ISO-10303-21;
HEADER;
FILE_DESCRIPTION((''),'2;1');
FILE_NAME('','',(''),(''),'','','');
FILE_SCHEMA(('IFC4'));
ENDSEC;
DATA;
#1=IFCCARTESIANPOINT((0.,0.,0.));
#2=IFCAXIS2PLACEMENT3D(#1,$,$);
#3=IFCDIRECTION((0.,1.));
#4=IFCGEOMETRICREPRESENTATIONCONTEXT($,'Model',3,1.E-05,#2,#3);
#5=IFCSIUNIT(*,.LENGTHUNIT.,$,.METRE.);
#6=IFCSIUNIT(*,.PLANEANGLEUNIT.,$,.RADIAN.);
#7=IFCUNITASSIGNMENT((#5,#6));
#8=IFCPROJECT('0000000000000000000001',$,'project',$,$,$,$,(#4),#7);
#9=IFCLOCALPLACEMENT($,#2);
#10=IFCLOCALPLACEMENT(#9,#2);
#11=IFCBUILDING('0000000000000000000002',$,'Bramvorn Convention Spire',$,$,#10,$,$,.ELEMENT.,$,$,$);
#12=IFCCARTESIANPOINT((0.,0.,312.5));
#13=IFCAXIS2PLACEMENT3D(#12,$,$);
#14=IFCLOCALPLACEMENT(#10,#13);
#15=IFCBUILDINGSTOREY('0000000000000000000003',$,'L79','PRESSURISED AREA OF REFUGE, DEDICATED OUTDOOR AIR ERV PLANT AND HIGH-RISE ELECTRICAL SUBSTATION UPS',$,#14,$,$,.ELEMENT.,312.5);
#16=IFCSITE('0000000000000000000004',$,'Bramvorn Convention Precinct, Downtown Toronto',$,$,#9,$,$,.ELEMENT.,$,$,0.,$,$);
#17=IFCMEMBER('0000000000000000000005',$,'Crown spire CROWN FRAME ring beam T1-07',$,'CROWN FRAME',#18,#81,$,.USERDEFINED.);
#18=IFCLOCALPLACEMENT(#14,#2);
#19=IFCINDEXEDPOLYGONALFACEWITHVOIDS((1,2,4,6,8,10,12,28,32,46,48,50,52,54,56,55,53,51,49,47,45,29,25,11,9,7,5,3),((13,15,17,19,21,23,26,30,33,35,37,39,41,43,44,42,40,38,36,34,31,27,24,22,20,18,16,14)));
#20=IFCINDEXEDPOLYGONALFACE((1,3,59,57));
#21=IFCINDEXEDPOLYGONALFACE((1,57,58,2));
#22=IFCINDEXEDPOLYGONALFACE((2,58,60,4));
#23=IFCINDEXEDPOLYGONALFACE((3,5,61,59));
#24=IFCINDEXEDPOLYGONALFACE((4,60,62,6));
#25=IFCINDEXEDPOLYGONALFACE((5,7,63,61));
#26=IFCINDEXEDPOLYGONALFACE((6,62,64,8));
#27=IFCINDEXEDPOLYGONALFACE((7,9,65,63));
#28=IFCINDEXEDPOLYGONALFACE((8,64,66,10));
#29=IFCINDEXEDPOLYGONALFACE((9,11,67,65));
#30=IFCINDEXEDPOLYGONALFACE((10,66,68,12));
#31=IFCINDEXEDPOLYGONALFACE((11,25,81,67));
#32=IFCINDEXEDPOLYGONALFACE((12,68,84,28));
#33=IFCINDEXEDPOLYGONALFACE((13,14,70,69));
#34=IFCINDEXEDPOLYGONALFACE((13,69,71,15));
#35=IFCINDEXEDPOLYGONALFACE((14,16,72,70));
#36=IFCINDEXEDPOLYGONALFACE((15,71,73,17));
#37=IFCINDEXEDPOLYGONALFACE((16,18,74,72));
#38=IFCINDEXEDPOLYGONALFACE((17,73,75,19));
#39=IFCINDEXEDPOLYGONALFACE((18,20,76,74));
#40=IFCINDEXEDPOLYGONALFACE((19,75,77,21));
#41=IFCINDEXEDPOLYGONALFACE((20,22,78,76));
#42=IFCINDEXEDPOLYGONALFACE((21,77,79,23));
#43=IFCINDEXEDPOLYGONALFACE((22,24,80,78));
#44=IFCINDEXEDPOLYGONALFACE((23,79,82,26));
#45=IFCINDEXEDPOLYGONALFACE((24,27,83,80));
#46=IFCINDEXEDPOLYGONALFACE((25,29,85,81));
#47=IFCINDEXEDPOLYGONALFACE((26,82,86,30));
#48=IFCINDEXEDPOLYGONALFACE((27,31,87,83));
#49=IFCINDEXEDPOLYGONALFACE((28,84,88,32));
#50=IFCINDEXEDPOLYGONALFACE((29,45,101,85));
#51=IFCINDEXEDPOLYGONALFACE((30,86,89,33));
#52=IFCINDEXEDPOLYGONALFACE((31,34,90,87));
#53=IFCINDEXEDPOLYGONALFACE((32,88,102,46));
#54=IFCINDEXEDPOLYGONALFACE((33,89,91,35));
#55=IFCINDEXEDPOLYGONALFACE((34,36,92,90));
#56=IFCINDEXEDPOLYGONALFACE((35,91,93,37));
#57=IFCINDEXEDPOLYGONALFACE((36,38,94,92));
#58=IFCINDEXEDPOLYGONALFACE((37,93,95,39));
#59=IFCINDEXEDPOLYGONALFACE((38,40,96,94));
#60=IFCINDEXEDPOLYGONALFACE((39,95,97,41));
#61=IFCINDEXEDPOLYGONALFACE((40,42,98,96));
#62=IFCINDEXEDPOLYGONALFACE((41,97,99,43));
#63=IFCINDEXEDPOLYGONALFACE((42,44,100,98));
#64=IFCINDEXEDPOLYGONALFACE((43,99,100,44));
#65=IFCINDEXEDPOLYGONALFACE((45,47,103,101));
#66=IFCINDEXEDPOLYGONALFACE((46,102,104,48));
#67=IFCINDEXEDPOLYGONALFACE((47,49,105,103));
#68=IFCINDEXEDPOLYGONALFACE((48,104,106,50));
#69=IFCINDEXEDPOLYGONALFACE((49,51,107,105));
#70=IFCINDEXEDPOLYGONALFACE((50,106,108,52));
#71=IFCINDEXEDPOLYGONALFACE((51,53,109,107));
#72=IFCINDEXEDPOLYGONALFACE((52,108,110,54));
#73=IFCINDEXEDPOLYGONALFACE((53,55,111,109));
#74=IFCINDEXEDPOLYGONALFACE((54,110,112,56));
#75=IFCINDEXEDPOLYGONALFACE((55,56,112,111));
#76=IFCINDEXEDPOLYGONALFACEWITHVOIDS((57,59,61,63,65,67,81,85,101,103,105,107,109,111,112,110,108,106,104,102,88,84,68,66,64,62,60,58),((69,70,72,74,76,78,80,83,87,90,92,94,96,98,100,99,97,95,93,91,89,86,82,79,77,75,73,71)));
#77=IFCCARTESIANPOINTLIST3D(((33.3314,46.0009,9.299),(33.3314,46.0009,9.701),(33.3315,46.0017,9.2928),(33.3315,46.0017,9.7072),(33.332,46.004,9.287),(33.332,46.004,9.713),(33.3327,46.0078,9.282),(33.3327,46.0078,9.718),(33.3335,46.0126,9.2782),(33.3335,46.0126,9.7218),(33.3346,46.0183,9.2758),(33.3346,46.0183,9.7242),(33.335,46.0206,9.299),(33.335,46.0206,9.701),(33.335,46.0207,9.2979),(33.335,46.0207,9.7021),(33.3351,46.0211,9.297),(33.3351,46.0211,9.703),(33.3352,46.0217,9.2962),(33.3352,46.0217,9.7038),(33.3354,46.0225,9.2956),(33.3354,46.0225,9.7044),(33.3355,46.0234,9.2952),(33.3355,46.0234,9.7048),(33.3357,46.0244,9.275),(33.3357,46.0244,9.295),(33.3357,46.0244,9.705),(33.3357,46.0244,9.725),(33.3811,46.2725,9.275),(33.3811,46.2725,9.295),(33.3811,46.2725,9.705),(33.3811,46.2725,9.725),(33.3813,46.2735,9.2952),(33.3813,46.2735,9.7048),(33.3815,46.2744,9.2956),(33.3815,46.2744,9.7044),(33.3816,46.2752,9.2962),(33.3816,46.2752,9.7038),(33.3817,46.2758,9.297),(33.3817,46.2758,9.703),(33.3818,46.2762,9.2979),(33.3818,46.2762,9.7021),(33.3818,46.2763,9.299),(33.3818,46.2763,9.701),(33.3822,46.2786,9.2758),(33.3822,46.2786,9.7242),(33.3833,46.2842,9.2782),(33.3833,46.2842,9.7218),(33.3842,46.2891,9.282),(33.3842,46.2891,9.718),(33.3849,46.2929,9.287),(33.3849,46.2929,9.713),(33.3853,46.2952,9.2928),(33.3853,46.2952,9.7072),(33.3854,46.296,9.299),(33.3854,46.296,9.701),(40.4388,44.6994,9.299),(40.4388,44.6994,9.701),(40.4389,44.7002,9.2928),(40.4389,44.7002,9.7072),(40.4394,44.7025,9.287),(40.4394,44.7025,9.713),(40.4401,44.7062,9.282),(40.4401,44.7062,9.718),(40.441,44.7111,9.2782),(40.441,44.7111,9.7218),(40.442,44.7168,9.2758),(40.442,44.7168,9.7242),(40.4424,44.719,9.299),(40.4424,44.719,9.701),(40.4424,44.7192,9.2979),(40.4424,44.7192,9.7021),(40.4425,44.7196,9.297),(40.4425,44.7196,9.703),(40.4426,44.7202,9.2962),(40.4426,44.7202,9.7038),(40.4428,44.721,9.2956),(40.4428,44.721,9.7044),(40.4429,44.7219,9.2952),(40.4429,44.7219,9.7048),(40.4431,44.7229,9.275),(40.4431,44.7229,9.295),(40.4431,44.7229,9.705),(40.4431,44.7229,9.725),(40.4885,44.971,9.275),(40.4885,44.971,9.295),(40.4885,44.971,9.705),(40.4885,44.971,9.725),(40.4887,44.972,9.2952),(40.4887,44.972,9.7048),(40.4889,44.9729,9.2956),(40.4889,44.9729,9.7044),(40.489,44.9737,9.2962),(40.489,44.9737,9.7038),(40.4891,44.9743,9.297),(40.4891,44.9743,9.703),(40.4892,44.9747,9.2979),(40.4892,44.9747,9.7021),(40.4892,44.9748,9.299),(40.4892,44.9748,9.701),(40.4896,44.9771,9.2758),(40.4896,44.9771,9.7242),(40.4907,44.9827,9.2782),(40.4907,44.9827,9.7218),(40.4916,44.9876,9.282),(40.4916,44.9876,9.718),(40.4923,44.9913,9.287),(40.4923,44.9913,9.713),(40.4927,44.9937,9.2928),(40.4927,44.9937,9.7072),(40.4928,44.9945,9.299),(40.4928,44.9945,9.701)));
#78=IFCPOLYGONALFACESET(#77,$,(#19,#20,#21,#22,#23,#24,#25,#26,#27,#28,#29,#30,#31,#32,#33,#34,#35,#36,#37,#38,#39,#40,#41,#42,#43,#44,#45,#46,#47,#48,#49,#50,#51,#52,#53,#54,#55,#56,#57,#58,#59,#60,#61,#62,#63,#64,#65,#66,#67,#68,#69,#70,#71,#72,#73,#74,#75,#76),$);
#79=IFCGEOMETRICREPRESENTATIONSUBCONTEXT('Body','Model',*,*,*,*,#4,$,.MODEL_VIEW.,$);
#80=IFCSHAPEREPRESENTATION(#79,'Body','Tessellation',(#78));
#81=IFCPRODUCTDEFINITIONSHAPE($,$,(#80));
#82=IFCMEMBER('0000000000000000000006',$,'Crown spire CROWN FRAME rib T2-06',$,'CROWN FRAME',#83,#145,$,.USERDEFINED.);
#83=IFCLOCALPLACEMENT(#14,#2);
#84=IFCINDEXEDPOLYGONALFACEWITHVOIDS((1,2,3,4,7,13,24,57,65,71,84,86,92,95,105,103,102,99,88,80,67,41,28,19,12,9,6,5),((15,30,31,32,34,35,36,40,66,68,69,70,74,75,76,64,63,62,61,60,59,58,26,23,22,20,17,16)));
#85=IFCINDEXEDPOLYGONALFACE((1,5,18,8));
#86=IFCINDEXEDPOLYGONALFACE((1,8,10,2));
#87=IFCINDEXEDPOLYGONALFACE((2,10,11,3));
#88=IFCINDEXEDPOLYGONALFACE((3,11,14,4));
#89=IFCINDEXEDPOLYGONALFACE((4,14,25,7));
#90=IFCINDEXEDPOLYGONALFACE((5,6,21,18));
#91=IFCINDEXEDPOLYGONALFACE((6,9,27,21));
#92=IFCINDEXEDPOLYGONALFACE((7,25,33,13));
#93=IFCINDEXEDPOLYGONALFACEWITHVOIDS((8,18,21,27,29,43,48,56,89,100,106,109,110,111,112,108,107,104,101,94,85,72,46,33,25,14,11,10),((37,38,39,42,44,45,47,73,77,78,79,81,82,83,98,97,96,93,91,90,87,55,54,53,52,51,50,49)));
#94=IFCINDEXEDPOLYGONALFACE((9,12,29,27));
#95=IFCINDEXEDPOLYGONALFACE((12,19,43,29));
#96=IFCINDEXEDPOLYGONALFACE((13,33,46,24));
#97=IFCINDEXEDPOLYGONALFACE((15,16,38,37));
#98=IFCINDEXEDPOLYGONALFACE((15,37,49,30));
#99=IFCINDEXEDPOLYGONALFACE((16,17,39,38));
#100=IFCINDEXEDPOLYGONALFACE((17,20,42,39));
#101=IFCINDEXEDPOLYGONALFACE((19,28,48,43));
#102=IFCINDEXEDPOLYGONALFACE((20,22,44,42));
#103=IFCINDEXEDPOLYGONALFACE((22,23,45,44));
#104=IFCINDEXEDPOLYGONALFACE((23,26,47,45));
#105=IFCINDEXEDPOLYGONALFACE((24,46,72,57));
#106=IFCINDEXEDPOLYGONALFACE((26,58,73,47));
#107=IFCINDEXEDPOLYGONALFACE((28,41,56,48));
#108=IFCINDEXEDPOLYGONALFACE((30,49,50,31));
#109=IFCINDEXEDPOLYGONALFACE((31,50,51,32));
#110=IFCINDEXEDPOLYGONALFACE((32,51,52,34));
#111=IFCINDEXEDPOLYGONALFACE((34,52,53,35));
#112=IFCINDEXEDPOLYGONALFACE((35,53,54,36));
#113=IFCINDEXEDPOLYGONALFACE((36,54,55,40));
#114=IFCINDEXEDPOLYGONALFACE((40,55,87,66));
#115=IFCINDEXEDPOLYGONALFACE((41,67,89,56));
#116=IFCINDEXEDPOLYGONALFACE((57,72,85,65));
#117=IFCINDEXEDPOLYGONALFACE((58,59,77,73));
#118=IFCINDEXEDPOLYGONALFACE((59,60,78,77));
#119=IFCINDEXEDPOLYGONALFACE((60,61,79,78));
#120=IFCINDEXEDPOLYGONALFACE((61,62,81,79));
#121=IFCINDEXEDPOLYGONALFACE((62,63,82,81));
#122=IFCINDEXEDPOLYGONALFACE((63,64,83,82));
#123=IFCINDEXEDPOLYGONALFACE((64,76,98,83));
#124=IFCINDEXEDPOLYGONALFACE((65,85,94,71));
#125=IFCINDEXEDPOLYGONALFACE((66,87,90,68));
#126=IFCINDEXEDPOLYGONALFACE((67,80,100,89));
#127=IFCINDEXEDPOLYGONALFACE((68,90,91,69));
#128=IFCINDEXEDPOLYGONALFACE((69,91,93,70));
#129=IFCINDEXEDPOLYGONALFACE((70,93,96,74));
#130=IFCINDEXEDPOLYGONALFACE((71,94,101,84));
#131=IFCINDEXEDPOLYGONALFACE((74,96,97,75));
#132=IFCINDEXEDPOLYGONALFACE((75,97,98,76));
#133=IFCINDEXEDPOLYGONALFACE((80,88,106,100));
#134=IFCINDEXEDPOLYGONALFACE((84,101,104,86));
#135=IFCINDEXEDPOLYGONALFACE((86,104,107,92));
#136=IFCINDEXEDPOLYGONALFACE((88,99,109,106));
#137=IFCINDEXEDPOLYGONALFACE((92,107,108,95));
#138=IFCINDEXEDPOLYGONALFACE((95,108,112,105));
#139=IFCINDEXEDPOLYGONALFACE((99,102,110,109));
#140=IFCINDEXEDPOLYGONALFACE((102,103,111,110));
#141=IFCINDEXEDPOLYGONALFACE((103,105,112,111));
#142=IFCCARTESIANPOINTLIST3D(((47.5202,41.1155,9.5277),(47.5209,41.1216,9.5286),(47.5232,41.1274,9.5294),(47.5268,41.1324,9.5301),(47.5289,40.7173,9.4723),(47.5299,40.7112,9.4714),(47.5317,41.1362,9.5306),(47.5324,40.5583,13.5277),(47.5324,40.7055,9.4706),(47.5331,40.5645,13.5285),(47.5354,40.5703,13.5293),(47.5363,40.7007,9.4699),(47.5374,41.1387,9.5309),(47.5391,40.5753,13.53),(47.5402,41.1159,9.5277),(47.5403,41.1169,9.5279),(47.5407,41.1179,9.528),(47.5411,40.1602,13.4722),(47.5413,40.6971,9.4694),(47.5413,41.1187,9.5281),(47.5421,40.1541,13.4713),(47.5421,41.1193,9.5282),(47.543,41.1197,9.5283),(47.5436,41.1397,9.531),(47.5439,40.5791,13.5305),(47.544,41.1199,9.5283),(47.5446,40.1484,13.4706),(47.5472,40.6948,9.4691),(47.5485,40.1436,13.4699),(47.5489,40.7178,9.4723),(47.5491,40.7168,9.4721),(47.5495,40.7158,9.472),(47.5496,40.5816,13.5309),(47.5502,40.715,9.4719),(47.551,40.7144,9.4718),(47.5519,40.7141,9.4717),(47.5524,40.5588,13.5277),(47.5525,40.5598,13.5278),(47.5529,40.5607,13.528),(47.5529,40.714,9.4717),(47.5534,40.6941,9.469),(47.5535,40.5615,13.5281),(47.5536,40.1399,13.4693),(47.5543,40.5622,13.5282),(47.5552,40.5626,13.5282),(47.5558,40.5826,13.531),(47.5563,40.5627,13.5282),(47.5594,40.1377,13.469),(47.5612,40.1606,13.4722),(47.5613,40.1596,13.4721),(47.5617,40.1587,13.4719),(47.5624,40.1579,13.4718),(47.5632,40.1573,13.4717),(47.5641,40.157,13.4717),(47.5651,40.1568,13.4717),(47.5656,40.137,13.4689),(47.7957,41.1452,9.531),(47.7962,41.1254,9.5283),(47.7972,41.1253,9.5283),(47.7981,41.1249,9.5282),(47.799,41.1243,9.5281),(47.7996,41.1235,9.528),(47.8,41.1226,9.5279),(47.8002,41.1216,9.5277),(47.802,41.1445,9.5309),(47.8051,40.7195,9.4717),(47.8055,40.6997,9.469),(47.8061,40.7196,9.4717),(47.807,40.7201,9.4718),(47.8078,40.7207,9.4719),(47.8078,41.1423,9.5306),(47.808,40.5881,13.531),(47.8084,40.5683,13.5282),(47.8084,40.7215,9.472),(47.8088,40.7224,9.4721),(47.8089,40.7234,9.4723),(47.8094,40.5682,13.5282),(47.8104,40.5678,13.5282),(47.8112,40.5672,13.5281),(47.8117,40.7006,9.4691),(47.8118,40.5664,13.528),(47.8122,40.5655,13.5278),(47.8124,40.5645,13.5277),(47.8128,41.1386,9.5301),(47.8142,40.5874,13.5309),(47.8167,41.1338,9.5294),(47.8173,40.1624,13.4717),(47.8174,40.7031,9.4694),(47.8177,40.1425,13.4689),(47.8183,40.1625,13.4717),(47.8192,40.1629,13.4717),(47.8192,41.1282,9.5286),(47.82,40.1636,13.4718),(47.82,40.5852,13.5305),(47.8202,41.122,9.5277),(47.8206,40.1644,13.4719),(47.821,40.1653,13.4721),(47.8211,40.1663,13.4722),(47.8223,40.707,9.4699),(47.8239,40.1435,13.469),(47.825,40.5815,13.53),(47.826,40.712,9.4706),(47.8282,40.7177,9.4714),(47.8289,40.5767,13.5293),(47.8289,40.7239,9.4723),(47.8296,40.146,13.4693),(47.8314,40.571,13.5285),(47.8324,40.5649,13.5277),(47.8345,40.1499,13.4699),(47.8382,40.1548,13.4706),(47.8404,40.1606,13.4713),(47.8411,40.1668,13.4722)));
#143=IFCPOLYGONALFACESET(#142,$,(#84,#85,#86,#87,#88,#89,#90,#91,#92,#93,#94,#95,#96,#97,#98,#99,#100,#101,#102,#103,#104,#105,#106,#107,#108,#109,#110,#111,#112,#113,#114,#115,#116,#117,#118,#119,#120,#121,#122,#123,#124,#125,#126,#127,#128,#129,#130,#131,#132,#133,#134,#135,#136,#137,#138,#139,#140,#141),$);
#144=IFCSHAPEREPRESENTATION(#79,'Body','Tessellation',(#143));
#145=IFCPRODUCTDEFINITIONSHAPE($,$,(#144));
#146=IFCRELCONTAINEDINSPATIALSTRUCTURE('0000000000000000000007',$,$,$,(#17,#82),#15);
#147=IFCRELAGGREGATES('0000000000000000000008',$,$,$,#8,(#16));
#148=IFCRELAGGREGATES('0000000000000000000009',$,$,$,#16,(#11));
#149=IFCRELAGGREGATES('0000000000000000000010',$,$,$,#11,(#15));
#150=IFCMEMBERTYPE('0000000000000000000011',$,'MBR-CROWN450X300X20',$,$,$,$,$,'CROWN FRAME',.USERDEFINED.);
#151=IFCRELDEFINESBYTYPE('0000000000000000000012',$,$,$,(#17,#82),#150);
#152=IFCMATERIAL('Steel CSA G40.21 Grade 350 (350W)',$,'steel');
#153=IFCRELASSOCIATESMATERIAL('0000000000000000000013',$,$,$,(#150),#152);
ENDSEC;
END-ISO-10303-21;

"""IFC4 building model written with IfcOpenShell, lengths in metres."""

from ifc_helpers import new_model, si_unit, direction, frame, origin, origin_2d, place, context, subcontext, project, spatial, hollow_rectangle, extrude, material, material_profile, profile_set, type_object, element, save


model = new_model("IFC4")

# Units and contexts
model_context = context("Model", 3, precision=1e-05, world=origin(), true_north=direction((0.0, 1.0)))
body_context = subcontext(model_context, "Body", "Model", "MODEL_VIEW")
ifc_project = project(units=[si_unit("LENGTHUNIT", "METRE"), si_unit("PLANEANGLEUNIT", "RADIAN")], contexts=[model_context])

# Site, building, storey
site_placement = place(None, origin())
site = spatial("IfcSite", under=ifc_project, at=site_placement, Name="Bramvorn Convention Precinct, Downtown Toronto", CompositionType="ELEMENT", RefElevation=0.0)
building_placement = place(site_placement, origin())
building = spatial("IfcBuilding", under=site, at=building_placement, Name="Bramvorn Convention Spire", CompositionType="ELEMENT")
storey_placement = place(building_placement, frame((0.0, 0.0, 312.5)))
storey = spatial("IfcBuildingStorey", under=building, at=storey_placement, Name="L79", Description="PRESSURISED AREA OF REFUGE, DEDICATED OUTDOOR AIR ERV PLANT AND HIGH-RISE ELECTRICAL SUBSTATION UPS", CompositionType="ELEMENT", Elevation=312.5)

# Shared definitions
ifc_material_1 = material(Name="Steel CSA G40.21 Grade 350 (350W)", Category="steel")

# Members
ifc_material_profile_1 = material_profile(ifc_material_1, hollow_rectangle(XDim=0.3, YDim=0.45, WallThickness=0.02, InnerFilletRadius=0.0039, OuterFilletRadius=0.0239, at=origin_2d()))
ifc_profile_set_1 = profile_set([ifc_material_profile_1], Name="Steel CSA G40.21 Grade 350 (350W) - CROWN450X300X20")
member_type = type_object("IfcMemberType", Name="MBR-CROWN450X300X20", ElementType="CROWN FRAME", PredefinedType="USERDEFINED", material=ifc_profile_set_1)
member_1_placement = place(storey_placement, frame((40.4658, 44.8469, 9.5), z_axis=(-0.983644, 0.180125, 0.0), x_axis=(-0.180125, -0.983644, 0.0)))
element("IfcMember", 1, at=member_1_placement, inside=storey, type_object=member_type, Name="Crown spire CROWN FRAME ring beam T1-07", ObjectType="CROWN FRAME", PredefinedType="USERDEFINED", context=body_context, shape_type="SweptSolid", body=[
    extrude(hollow_rectangle(XDim=0.3, YDim=0.45, WallThickness=0.02, InnerFilletRadius=0.0039, OuterFilletRadius=0.0239, at=origin_2d()), origin(), (0.0, 0.0, 1.0), 7.2256),
])
member_2_placement = place(storey_placement, frame((47.6746, 40.9197, 9.5), z_axis=(0.003023, -0.13795, 0.990435), x_axis=(0.99976, 0.021905, 0.0)))
element("IfcMember", 2, at=member_2_placement, inside=storey, type_object=member_type, Name="Crown spire CROWN FRAME rib T2-06", ObjectType="CROWN FRAME", PredefinedType="USERDEFINED", context=body_context, shape_type="SweptSolid", body=[
    extrude(hollow_rectangle(XDim=0.3, YDim=0.45, WallThickness=0.02, InnerFilletRadius=0.0039, OuterFilletRadius=0.0239, at=origin_2d()), origin(), (0.0, 0.0, 1.0), 4.0386),
])

save(model, "model.ifc")
